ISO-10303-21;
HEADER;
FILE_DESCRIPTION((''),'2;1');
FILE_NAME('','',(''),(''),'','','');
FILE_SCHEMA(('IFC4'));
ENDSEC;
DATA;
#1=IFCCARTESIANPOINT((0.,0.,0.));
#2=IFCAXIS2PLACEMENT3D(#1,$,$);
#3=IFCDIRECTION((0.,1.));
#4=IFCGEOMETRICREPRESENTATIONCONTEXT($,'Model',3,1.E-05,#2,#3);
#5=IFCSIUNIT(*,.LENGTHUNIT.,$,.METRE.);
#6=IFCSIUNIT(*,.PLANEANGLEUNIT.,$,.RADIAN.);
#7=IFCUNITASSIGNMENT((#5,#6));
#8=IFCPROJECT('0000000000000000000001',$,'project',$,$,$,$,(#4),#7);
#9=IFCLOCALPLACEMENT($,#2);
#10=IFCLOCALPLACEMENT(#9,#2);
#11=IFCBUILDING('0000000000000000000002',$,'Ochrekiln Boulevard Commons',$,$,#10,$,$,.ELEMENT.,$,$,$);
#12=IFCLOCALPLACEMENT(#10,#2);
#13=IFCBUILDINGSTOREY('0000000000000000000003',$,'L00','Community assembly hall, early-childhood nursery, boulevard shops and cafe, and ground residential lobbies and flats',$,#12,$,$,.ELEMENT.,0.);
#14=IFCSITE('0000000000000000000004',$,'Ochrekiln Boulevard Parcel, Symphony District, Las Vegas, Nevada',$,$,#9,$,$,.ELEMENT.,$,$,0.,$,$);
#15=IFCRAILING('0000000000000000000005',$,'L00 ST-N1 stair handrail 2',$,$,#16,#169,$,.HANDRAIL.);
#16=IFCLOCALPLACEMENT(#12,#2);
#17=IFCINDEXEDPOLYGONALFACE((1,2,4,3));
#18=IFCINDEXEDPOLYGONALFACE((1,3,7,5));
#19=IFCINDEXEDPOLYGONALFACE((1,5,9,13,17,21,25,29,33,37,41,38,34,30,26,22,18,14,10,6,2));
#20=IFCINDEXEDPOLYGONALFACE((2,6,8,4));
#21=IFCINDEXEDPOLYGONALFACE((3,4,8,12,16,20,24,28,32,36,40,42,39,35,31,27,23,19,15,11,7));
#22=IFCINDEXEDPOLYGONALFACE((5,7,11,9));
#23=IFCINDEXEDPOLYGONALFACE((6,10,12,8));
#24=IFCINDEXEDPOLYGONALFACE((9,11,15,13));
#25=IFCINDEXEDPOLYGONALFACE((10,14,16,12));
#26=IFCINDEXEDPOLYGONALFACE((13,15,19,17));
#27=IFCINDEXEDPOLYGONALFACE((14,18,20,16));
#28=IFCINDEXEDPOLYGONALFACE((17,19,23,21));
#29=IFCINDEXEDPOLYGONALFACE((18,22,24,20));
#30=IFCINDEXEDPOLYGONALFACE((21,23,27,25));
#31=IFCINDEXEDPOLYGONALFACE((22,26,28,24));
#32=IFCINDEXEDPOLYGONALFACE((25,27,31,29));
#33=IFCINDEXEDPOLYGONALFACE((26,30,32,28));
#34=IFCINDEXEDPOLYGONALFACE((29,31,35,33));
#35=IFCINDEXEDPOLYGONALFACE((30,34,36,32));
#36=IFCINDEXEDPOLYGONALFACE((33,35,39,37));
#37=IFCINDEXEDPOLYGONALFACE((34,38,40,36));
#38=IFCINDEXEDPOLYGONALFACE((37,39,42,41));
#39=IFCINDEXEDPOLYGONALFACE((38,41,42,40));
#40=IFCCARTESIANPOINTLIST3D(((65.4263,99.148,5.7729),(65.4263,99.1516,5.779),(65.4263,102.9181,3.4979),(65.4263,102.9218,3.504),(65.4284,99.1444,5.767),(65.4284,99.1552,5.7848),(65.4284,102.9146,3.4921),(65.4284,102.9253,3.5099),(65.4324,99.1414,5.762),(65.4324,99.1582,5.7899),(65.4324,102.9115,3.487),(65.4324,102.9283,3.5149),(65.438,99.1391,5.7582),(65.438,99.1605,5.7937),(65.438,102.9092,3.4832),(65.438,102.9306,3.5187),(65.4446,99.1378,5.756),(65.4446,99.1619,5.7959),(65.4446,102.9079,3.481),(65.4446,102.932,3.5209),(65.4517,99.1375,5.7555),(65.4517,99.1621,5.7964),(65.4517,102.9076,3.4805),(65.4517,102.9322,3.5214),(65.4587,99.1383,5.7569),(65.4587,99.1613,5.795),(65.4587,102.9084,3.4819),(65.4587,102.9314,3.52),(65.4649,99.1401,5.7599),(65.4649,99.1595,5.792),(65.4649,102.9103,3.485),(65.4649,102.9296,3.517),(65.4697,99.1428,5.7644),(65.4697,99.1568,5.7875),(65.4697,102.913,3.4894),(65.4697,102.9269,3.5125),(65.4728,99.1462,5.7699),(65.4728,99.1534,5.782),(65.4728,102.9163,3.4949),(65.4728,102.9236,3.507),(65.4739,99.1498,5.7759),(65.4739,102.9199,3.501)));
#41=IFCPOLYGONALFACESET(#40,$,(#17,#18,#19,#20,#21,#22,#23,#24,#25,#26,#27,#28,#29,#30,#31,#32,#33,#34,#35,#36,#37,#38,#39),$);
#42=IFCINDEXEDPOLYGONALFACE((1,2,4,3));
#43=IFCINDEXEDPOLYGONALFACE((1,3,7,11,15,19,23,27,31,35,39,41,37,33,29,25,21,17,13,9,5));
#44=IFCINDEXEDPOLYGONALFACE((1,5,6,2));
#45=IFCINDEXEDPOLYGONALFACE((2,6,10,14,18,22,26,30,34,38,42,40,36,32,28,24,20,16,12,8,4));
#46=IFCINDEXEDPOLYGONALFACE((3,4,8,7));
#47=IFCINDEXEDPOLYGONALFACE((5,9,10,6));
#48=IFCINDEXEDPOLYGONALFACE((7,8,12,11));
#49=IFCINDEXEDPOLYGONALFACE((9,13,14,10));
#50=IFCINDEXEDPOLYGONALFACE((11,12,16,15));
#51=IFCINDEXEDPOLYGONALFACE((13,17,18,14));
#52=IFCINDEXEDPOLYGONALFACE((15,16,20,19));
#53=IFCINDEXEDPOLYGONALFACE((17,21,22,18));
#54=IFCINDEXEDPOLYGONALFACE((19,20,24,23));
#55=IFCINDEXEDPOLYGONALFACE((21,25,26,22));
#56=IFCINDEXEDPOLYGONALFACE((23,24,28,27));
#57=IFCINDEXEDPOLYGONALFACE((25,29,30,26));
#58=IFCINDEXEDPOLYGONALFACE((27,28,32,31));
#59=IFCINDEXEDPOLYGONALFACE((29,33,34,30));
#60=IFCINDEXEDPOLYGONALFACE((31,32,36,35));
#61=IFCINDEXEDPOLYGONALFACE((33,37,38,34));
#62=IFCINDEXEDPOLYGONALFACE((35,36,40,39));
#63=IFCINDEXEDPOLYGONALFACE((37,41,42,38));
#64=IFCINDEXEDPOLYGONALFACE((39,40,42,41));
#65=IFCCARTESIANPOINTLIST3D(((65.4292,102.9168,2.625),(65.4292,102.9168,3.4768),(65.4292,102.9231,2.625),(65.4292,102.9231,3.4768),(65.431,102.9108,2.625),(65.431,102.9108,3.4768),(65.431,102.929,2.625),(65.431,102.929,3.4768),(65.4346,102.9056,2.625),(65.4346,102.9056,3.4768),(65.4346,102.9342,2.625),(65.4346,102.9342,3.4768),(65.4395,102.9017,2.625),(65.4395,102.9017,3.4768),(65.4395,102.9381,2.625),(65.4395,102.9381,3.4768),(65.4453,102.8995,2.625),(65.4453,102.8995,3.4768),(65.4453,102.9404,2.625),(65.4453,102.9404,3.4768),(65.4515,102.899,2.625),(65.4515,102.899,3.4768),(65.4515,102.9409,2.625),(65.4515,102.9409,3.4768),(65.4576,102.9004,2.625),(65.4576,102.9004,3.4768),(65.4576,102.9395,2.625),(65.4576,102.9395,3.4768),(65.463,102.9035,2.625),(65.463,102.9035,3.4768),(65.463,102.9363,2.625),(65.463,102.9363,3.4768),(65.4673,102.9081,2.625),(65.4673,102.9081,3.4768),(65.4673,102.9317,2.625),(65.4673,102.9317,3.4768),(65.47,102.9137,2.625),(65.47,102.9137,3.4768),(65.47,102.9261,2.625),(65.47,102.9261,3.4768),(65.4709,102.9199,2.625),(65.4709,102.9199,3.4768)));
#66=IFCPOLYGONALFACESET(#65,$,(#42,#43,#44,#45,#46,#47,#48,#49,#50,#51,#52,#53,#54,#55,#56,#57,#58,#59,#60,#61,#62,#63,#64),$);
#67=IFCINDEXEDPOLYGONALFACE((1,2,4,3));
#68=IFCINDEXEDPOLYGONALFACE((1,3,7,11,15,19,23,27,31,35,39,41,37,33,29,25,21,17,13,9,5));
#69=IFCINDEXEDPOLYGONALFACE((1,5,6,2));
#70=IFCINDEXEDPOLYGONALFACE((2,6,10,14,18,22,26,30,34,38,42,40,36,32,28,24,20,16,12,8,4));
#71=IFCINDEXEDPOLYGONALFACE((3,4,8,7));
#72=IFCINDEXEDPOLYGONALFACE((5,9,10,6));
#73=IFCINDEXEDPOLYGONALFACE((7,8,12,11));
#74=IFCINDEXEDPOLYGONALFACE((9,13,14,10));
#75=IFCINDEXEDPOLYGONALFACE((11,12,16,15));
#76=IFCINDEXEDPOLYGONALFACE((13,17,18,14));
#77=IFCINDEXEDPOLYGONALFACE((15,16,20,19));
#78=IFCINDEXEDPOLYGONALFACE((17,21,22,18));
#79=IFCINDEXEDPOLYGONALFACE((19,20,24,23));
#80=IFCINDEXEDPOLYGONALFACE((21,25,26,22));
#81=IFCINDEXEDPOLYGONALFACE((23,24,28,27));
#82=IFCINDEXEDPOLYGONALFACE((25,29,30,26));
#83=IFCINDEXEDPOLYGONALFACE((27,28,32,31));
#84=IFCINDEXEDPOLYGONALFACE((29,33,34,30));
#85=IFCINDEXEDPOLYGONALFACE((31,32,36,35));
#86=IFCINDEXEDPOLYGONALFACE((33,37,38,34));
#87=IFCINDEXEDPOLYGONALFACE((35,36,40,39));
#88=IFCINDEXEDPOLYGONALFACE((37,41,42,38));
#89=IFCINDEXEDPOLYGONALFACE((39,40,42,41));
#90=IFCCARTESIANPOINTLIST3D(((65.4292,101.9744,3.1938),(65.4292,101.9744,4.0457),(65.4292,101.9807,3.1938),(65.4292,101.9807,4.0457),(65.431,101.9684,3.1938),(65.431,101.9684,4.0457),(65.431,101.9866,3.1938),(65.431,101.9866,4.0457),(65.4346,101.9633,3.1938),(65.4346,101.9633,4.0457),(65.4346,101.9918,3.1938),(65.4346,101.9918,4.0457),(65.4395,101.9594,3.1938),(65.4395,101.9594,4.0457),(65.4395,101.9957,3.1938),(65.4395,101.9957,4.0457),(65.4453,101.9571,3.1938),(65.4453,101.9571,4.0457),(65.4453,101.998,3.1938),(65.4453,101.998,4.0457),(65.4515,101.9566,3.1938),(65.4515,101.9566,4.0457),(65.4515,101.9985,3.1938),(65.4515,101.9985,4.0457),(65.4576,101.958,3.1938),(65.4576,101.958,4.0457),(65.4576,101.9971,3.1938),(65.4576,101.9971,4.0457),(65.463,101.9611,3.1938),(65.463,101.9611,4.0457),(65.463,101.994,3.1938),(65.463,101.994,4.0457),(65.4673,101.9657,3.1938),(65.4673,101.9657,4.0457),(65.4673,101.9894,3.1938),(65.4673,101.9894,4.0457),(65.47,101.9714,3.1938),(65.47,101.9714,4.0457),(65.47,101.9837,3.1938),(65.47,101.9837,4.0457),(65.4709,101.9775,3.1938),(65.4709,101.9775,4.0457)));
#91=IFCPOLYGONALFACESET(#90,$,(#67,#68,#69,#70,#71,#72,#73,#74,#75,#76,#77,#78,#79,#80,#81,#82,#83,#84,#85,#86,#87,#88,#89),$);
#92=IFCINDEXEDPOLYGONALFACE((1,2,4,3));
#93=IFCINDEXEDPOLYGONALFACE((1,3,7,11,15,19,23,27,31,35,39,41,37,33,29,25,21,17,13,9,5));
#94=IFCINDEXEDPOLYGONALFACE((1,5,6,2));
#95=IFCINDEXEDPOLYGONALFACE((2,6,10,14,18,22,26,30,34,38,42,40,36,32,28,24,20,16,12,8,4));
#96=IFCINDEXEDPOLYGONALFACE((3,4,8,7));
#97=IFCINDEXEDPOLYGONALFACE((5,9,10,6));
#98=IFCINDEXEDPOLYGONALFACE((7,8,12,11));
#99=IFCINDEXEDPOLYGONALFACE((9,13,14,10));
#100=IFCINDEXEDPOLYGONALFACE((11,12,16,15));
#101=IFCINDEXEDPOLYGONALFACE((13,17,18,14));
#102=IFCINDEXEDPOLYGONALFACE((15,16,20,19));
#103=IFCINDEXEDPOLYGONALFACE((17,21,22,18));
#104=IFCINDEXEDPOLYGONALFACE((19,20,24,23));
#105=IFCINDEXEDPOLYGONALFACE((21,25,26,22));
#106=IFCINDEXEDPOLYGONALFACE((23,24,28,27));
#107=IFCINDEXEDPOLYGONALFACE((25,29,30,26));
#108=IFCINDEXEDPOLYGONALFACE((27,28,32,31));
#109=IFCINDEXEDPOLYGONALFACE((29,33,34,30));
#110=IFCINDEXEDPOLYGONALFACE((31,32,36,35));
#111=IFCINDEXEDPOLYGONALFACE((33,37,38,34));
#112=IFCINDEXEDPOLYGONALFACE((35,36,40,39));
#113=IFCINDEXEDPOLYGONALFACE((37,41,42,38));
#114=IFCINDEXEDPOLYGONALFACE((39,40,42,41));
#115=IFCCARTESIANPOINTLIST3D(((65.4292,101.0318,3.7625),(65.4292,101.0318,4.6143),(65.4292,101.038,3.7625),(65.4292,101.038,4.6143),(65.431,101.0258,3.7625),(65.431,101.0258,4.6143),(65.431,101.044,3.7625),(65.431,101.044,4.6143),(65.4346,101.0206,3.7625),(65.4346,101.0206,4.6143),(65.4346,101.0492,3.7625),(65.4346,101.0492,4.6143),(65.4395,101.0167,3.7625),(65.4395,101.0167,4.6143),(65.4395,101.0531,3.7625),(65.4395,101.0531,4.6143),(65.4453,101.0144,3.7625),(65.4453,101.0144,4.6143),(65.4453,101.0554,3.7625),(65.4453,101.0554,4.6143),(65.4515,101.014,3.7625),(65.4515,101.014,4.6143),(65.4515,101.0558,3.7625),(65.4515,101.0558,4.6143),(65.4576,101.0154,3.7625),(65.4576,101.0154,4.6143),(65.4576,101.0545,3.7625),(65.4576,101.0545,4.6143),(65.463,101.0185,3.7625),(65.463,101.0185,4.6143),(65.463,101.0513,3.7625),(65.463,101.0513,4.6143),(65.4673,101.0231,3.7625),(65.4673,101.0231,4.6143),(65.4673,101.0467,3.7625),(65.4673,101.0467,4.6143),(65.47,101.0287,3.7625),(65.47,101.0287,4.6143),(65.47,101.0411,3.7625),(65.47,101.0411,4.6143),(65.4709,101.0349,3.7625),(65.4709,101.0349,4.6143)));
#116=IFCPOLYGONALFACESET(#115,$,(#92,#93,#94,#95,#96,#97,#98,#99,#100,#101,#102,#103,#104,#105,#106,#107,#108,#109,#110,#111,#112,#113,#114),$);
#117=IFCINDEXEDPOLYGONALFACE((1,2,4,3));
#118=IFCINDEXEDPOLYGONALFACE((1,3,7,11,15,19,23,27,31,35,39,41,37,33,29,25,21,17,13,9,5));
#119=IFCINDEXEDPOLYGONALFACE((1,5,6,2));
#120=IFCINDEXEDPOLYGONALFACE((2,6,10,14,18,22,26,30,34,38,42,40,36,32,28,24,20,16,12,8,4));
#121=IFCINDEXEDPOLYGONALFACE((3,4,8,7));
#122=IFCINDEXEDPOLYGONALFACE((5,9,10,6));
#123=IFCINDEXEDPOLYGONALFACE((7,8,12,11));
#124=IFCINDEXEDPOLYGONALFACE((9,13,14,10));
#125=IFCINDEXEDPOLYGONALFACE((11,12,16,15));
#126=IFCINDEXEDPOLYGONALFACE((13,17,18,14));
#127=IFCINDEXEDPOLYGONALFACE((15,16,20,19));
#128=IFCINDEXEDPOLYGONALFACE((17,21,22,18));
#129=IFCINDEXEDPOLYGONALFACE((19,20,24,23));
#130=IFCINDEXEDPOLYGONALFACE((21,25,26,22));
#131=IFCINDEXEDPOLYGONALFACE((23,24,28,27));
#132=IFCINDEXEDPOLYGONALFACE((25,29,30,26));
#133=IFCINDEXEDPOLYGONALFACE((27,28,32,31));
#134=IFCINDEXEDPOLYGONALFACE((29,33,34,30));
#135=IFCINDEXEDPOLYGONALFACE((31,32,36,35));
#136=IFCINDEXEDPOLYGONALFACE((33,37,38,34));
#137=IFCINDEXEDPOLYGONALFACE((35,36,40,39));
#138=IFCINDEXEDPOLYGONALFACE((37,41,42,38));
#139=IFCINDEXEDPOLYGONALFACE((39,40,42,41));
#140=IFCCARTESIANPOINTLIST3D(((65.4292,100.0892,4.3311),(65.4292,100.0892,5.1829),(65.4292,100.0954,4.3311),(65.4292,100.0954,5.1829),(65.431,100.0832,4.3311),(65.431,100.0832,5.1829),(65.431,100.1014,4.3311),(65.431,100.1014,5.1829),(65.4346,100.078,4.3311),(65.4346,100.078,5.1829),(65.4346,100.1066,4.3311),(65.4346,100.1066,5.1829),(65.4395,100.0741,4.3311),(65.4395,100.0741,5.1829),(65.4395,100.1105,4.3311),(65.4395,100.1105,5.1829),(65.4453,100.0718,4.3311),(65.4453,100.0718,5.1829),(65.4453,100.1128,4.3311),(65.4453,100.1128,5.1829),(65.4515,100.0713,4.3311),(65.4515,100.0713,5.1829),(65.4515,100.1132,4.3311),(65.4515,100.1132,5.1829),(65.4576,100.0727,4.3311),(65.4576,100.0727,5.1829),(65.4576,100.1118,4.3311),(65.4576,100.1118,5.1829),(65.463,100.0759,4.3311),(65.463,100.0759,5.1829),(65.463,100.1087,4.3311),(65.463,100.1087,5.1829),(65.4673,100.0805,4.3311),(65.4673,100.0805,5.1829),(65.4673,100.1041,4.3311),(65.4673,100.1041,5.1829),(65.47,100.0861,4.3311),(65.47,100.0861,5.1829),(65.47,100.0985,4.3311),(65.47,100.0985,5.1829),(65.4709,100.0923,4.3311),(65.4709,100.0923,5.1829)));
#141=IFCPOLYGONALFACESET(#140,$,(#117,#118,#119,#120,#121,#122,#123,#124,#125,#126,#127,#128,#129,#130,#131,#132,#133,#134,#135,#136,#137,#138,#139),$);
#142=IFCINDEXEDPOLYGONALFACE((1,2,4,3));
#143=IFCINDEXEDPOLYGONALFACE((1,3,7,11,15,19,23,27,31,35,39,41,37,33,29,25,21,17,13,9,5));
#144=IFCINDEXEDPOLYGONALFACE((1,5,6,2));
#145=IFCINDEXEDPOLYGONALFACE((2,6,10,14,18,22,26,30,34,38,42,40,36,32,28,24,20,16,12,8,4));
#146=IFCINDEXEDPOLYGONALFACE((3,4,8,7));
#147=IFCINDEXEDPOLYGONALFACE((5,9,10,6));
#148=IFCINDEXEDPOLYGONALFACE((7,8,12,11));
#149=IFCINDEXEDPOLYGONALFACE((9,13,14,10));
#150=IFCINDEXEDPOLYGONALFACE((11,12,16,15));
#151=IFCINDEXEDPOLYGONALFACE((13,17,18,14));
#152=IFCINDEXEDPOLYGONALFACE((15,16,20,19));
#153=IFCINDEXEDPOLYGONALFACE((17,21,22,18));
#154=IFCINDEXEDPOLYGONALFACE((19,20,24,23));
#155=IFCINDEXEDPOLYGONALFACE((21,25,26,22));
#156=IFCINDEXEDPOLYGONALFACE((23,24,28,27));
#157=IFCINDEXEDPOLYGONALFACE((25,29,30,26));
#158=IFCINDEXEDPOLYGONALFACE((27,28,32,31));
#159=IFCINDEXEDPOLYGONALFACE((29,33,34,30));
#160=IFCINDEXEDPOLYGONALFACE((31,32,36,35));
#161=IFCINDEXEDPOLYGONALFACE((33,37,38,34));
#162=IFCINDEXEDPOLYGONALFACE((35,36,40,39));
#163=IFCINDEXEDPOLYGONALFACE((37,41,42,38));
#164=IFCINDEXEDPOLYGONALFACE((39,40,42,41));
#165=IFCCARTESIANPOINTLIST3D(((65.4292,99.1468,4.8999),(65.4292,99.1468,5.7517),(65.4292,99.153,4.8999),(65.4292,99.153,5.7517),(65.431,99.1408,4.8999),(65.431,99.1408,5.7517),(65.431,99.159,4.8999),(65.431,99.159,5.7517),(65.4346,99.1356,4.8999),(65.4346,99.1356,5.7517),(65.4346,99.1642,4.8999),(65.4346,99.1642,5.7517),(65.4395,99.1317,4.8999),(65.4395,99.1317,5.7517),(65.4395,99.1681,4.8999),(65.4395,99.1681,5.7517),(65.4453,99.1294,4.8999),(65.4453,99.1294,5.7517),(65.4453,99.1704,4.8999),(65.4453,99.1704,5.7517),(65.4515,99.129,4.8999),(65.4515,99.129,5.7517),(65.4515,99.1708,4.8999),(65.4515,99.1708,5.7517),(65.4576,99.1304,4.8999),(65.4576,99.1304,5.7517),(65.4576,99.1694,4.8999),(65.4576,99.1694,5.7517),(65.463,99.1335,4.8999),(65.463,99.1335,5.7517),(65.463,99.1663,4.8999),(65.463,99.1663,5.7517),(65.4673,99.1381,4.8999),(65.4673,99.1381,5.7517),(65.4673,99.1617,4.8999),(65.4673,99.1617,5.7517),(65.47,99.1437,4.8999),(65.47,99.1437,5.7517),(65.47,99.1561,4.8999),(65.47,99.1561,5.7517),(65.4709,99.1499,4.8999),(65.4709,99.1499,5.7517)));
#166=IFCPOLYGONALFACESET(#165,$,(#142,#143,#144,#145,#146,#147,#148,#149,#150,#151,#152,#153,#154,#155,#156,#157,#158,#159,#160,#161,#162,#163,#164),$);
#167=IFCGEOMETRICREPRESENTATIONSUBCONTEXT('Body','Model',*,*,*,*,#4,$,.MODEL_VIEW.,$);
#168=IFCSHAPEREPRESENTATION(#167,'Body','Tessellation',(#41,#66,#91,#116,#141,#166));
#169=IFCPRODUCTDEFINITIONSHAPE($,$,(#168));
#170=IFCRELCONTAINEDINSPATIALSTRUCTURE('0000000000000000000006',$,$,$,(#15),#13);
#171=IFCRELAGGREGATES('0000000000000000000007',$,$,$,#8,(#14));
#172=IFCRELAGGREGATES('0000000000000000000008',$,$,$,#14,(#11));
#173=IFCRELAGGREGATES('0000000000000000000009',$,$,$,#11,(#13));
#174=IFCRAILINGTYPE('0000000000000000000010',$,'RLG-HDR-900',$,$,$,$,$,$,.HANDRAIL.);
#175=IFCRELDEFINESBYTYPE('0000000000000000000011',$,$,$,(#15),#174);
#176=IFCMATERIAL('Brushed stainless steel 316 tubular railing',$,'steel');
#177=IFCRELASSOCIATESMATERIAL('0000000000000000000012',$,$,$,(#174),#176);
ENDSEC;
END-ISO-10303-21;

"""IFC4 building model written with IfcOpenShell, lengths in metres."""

from ifc_helpers import new_model, si_unit, direction, frame, origin, origin_2d, place, context, subcontext, project, spatial, circle, extrude, material, type_object, element, save


model = new_model("IFC4")

# Units and contexts
model_context = context("Model", 3, precision=1e-05, world=origin(), true_north=direction((0.0, 1.0)))
body_context = subcontext(model_context, "Body", "Model", "MODEL_VIEW")
ifc_project = project(units=[si_unit("LENGTHUNIT", "METRE"), si_unit("PLANEANGLEUNIT", "RADIAN")], contexts=[model_context])

# Site, building, storey
site_placement = place(None, origin())
site = spatial("IfcSite", under=ifc_project, at=site_placement, Name="Ochrekiln Boulevard Parcel, Symphony District, Las Vegas, Nevada", CompositionType="ELEMENT", RefElevation=0.0)
building_placement = place(site_placement, origin())
building = spatial("IfcBuilding", under=site, at=building_placement, Name="Ochrekiln Boulevard Commons", CompositionType="ELEMENT")
storey_placement = place(building_placement, origin())
storey = spatial("IfcBuildingStorey", under=building, at=storey_placement, Name="L00", Description="Community assembly hall, early-childhood nursery, boulevard shops and cafe, and ground residential lobbies and flats", CompositionType="ELEMENT", Elevation=0.0)

# Railing
ifc_material_1 = material(Name="Brushed stainless steel 316 tubular railing", Category="steel")
railing_type_1 = type_object("IfcRailingType", Name="RLG-HDR-900", PredefinedType="HANDRAIL", material=ifc_material_1)
railing_1_placement = place(storey_placement, frame((65.45, 102.9199, 2.625)))
element("IfcRailing", 1, at=railing_1_placement, inside=storey, type_object=railing_type_1, Name="L00 ST-N1 stair handrail 2", PredefinedType="HANDRAIL", context=body_context, shape_type="SweptSolid", body=[
    extrude(circle(Radius=0.0239, at=origin_2d()), frame((0.0, 0.0, 0.876), z_axis=(0.0, -0.856199, 0.516647), x_axis=(1.0, 0.0, 0.0)), (0.0, 0.0, 1.0), 4.4033),
    extrude(circle(Radius=0.021, at=origin_2d()), origin(), (0.0, 0.0, 1.0), 0.8518),
    extrude(circle(Radius=0.021, at=origin_2d()), frame((0.0, -0.9424, 0.5688)), (0.0, 0.0, 1.0), 0.8518),
    extrude(circle(Radius=0.021, at=origin_2d()), frame((0.0, -1.885, 1.1375)), (0.0, 0.0, 1.0), 0.8518),
    extrude(circle(Radius=0.021, at=origin_2d()), frame((0.0, -2.8276, 1.7061)), (0.0, 0.0, 1.0), 0.8518),
    extrude(circle(Radius=0.021, at=origin_2d()), frame((0.0, -3.77, 2.2749)), (0.0, 0.0, 1.0), 0.8518),
])

save(model, "model.ifc")
